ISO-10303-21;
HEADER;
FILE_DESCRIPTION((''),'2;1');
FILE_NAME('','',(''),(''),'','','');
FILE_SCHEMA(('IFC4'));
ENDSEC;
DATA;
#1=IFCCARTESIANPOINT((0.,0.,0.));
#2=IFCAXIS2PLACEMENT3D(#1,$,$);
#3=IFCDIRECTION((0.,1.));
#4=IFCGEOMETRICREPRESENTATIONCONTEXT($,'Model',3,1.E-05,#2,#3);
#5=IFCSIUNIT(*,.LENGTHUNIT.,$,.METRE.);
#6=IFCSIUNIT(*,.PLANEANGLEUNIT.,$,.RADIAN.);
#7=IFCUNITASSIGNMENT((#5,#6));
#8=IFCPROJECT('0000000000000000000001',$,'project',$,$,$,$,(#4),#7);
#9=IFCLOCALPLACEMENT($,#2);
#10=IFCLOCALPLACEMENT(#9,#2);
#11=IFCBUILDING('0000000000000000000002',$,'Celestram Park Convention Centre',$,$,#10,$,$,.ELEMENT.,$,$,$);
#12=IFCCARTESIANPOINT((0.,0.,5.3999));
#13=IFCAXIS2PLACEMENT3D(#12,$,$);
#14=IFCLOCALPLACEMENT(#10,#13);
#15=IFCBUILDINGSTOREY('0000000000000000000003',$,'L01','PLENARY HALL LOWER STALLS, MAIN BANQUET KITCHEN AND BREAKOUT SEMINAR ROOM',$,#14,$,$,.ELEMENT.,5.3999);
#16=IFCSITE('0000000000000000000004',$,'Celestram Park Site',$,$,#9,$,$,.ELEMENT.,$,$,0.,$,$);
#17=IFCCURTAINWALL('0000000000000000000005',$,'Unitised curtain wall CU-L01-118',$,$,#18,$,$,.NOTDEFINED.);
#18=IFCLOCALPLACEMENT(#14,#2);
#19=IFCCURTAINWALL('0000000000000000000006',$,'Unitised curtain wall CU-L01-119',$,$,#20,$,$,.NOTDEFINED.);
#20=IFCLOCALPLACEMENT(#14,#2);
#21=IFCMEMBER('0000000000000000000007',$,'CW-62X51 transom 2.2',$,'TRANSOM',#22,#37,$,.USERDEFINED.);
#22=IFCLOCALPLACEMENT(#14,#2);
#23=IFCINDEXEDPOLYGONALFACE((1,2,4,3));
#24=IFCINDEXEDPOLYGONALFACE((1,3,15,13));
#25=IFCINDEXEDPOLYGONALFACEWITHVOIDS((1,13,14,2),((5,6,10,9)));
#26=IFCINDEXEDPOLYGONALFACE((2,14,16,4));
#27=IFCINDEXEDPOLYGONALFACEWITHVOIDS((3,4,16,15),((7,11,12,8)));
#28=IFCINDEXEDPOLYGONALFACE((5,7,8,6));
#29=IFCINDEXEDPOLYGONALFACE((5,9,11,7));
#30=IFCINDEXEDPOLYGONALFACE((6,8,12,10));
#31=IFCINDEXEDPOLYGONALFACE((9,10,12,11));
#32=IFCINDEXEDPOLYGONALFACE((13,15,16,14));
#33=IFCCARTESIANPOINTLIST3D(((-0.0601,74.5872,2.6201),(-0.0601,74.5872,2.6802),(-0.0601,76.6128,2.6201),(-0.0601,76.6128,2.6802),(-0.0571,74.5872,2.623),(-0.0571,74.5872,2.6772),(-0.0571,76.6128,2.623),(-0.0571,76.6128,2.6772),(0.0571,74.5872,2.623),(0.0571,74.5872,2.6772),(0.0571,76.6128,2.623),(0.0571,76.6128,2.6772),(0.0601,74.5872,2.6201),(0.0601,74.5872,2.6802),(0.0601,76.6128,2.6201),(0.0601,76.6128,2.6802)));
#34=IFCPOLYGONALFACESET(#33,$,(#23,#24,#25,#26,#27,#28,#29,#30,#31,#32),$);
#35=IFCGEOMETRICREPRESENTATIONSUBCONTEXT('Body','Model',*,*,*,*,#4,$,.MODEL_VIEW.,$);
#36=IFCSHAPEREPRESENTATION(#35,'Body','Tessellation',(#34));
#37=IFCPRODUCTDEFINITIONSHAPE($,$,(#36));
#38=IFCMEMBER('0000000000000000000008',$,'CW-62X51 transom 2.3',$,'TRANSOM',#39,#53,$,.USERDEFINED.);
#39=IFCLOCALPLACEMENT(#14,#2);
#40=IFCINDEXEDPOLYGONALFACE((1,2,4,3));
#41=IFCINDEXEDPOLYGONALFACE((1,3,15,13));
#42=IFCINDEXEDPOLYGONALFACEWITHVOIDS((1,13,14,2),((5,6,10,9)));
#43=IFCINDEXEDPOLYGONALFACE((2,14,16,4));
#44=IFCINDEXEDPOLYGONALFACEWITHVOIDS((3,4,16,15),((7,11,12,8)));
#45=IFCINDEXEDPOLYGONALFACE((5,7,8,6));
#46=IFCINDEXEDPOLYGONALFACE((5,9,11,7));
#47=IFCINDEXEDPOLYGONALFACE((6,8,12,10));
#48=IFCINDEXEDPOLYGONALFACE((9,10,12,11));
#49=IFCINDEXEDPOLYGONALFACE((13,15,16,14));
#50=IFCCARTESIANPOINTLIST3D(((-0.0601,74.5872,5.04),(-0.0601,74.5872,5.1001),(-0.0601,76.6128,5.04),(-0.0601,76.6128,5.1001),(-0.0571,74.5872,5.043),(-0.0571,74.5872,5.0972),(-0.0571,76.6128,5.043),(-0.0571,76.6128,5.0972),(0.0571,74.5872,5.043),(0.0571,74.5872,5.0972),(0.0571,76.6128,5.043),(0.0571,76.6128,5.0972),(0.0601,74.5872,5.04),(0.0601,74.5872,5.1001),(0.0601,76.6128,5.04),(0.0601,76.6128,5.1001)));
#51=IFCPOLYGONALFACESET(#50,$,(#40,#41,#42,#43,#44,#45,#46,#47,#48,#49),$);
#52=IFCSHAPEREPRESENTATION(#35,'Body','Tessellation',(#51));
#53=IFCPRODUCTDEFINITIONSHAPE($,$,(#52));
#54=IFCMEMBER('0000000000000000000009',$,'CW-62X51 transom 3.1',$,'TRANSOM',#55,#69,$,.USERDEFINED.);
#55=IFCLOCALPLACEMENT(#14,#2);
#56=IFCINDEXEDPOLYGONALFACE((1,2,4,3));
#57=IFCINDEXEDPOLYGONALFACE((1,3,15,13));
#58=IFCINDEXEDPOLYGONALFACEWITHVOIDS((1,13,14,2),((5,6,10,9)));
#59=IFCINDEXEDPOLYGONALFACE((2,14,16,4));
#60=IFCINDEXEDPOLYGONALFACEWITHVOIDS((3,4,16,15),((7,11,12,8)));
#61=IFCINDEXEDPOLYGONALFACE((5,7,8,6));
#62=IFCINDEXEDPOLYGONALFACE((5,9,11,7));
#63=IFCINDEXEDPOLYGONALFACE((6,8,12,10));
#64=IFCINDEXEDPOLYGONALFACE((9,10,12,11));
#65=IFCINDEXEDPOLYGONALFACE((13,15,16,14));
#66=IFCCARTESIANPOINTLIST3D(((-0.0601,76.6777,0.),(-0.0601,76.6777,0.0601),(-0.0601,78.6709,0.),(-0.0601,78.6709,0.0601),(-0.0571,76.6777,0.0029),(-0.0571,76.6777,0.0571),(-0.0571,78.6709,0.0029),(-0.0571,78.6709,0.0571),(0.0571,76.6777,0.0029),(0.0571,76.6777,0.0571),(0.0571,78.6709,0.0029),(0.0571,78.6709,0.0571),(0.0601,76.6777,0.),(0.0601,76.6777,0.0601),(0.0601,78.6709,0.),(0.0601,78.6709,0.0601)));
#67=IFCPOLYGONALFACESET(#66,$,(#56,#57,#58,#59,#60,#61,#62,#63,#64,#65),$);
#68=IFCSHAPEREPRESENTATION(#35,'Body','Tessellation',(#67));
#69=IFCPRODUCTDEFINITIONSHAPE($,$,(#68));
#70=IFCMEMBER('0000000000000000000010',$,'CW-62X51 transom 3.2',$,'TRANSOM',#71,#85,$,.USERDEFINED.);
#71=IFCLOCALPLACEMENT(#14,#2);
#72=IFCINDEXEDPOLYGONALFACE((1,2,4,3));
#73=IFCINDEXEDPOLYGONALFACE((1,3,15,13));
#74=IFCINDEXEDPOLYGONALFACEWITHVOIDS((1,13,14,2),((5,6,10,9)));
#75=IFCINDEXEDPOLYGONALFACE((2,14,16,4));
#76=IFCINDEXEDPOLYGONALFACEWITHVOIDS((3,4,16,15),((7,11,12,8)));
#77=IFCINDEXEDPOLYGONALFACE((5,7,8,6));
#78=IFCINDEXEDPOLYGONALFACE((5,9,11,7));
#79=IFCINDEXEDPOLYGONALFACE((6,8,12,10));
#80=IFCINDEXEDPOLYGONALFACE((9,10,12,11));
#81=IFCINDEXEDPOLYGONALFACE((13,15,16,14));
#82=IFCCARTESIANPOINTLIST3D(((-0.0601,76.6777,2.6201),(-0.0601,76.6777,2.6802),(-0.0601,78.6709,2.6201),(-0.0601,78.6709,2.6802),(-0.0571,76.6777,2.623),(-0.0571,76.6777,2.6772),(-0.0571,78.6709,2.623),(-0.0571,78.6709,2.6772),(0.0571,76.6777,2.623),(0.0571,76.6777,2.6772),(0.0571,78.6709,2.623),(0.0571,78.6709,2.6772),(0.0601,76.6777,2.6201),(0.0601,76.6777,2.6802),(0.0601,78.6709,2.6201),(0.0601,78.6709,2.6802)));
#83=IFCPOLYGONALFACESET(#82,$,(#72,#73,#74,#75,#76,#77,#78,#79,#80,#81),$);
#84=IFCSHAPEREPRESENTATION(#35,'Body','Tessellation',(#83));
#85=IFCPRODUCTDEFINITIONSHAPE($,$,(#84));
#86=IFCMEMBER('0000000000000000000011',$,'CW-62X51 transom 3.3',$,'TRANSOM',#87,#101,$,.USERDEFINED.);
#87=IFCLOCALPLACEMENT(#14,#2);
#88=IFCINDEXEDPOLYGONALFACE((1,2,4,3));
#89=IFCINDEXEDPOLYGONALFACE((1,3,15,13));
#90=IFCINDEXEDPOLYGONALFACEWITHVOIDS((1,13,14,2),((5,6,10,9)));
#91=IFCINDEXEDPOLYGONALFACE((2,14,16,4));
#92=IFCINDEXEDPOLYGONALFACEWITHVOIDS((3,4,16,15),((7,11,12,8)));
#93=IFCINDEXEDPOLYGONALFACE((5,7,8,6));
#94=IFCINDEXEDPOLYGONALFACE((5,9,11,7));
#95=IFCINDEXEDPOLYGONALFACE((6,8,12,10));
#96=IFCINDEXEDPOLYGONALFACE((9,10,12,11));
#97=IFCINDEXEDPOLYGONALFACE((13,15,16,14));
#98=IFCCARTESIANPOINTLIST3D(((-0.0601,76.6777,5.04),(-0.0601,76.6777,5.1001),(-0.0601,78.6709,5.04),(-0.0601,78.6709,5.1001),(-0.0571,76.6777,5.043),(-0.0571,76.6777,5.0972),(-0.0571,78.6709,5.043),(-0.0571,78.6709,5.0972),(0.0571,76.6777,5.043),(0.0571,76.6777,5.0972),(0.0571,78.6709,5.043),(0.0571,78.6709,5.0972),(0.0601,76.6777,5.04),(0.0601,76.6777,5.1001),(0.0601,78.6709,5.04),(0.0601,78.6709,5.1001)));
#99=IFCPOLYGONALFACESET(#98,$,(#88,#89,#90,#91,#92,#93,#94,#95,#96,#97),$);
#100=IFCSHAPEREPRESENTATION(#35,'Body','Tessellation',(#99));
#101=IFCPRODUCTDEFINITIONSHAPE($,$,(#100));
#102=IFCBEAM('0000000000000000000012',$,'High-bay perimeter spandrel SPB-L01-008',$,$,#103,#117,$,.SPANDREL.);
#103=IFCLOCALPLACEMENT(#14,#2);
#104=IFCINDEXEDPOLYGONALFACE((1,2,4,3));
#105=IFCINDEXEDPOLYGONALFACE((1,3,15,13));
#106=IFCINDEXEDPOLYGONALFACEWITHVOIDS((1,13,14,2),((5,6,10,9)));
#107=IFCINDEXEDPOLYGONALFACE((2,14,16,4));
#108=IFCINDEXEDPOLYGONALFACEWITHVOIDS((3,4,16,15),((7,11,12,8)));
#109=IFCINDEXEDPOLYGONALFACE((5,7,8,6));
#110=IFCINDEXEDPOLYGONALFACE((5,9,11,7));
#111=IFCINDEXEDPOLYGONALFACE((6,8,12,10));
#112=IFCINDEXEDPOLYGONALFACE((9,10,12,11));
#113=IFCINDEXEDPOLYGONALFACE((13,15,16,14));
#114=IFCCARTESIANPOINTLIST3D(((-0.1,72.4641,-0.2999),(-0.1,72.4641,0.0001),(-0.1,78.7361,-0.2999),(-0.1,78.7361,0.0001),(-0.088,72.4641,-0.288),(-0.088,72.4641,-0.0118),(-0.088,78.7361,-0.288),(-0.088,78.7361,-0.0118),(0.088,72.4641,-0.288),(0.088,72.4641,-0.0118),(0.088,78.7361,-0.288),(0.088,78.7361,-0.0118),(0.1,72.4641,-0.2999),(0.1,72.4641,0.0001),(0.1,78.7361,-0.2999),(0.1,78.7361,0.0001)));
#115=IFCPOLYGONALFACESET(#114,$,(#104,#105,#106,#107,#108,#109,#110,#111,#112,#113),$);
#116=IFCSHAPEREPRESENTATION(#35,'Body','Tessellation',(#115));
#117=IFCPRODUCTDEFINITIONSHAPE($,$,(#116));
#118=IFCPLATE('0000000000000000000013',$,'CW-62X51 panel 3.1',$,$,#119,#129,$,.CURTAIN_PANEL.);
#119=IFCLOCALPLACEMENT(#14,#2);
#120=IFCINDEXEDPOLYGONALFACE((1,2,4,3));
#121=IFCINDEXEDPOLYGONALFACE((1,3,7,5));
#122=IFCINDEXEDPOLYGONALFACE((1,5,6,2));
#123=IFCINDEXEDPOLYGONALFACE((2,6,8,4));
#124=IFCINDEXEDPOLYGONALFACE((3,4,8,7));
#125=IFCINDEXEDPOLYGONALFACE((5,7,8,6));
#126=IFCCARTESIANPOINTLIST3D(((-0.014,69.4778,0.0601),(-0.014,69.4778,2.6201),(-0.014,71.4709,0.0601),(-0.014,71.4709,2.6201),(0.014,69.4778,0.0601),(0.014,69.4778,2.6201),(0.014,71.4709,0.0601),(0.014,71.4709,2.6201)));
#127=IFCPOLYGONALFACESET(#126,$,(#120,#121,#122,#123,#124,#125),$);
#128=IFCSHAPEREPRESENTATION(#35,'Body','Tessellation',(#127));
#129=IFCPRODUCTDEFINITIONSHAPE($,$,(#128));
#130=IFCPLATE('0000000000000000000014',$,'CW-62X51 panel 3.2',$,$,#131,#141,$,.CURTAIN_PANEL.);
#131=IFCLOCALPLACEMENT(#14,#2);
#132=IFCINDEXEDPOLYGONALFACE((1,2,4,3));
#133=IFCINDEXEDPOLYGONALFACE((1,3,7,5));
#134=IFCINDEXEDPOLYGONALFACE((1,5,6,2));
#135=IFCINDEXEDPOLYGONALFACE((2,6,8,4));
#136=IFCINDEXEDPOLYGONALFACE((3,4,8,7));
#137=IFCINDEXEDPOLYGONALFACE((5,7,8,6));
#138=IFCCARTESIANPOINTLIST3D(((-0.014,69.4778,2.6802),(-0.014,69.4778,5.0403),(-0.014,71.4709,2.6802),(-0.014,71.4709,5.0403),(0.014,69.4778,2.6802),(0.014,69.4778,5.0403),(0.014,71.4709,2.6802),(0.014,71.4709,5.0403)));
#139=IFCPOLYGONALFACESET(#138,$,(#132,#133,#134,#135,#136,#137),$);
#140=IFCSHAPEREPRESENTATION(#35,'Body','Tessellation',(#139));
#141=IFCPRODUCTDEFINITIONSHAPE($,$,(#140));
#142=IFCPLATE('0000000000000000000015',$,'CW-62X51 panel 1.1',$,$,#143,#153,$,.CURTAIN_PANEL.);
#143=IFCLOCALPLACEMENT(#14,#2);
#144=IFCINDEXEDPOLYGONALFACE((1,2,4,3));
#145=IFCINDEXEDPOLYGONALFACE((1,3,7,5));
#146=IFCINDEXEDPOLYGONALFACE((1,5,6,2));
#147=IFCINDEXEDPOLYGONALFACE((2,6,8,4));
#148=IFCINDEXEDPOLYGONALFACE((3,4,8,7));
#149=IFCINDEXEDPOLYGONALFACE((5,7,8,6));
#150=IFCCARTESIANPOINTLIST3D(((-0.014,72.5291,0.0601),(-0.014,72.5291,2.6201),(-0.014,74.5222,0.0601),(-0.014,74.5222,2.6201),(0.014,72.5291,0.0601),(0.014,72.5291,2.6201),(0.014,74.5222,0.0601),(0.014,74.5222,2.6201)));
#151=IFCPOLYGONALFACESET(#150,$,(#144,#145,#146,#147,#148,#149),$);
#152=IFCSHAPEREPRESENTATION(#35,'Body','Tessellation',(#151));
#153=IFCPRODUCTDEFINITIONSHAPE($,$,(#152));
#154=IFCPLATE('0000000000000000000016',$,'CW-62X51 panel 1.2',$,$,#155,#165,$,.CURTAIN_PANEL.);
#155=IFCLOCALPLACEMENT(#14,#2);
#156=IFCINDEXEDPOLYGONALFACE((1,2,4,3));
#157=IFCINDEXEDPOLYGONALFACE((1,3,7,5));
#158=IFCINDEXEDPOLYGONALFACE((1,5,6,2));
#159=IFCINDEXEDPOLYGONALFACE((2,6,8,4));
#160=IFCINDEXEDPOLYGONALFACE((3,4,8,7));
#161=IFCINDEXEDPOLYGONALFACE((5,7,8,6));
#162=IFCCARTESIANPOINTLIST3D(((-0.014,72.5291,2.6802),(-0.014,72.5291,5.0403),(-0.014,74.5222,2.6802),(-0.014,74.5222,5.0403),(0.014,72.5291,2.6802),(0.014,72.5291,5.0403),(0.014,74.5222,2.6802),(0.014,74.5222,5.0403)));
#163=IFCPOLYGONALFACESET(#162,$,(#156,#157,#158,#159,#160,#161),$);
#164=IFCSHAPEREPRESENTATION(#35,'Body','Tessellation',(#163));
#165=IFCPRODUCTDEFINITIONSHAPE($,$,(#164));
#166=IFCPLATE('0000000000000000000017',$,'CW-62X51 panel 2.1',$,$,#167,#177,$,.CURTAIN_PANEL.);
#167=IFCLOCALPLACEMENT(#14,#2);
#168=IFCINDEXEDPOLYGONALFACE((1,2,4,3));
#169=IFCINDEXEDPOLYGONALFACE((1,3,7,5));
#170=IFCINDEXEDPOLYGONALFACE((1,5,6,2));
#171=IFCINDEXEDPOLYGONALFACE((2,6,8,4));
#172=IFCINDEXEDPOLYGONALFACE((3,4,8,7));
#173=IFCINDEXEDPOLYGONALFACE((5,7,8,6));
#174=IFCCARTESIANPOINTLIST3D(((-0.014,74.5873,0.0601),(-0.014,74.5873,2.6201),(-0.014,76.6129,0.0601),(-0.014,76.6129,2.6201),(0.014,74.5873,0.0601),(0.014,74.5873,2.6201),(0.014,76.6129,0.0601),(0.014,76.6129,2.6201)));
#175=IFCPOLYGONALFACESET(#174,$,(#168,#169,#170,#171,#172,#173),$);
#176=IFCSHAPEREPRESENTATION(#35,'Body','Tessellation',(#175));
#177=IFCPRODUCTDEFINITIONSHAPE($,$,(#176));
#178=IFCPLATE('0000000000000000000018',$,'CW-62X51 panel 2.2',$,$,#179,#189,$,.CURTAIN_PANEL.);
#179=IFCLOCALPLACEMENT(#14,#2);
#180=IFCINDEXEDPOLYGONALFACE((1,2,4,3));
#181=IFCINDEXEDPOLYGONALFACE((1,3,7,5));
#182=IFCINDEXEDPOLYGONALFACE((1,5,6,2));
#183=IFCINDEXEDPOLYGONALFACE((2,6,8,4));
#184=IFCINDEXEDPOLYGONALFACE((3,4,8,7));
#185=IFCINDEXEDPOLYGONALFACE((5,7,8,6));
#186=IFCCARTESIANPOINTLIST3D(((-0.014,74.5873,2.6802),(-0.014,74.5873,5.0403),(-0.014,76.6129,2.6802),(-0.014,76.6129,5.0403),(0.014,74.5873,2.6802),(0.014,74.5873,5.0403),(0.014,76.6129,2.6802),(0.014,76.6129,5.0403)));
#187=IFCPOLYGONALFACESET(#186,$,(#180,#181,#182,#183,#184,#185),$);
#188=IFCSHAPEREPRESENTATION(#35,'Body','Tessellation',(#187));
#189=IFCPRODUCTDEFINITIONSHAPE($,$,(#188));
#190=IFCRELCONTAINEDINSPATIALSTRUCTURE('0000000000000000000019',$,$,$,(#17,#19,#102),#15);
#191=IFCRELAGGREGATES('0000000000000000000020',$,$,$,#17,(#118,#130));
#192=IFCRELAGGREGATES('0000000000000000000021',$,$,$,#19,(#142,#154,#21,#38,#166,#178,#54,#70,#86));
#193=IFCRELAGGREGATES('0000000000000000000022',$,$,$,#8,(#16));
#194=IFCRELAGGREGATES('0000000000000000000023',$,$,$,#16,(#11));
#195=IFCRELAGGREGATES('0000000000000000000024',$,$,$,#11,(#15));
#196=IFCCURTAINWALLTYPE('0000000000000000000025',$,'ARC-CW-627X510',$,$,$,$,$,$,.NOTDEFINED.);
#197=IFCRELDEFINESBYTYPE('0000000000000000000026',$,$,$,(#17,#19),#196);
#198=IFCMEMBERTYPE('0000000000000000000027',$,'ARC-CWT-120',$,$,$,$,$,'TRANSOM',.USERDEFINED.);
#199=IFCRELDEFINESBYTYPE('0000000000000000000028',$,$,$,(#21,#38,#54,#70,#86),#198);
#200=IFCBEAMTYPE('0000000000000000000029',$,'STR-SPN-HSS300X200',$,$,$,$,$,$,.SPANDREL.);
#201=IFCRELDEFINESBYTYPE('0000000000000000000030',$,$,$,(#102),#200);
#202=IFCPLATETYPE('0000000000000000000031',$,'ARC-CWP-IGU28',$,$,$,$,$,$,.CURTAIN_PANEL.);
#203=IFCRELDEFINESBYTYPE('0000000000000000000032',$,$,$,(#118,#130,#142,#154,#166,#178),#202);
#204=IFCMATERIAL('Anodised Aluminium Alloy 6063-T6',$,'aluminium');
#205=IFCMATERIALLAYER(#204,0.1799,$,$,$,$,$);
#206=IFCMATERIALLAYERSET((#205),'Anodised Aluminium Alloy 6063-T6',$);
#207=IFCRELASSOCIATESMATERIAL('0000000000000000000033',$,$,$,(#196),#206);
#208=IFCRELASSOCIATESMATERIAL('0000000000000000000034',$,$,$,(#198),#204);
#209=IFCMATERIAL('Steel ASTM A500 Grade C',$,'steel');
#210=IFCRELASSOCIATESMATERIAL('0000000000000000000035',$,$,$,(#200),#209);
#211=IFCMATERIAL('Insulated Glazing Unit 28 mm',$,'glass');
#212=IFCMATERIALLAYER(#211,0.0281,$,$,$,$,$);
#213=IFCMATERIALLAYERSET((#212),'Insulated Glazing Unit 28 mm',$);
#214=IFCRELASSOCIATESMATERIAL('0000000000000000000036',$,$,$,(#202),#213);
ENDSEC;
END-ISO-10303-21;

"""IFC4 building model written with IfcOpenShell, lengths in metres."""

from ifc_helpers import new_model, si_unit, direction, frame, origin, origin_2d, place, context, subcontext, project, spatial, rectangle, hollow_rectangle, extrude, material, layer, layer_set, material_profile, profile_set, type_object, element, aggregate, save


model = new_model("IFC4")

# Units and contexts
model_context = context("Model", 3, precision=1e-05, world=origin(), true_north=direction((0.0, 1.0)))
body_context = subcontext(model_context, "Body", "Model", "MODEL_VIEW")
ifc_project = project(units=[si_unit("LENGTHUNIT", "METRE"), si_unit("PLANEANGLEUNIT", "RADIAN")], contexts=[model_context])

# Site, building, storey
site_placement = place(None, origin())
site = spatial("IfcSite", under=ifc_project, at=site_placement, Name="Celestram Park Site", CompositionType="ELEMENT", RefElevation=0.0)
building_placement = place(site_placement, origin())
building = spatial("IfcBuilding", under=site, at=building_placement, Name="Celestram Park Convention Centre", CompositionType="ELEMENT")
storey_placement = place(building_placement, frame((0.0, 0.0, 5.3999)))
storey = spatial("IfcBuildingStorey", under=building, at=storey_placement, Name="L01", Description="PLENARY HALL LOWER STALLS, MAIN BANQUET KITCHEN AND BREAKOUT SEMINAR ROOM", CompositionType="ELEMENT", Elevation=5.3999)

# Curtain wall
ifc_material_1 = material(Name="Anodised Aluminium Alloy 6063-T6", Category="aluminium")
ifc_layer_1 = layer(ifc_material_1, 0.1799)
ifc_layer_set_1 = layer_set([ifc_layer_1], Name="Anodised Aluminium Alloy 6063-T6")
curtain_wall_type = type_object("IfcCurtainWallType", Name="ARC-CW-627X510", PredefinedType="NOTDEFINED", material=ifc_layer_set_1)
curtain_wall_1_placement = place(storey_placement, origin())
curtain_wall_1 = element("IfcCurtainWall", 1, at=curtain_wall_1_placement, inside=storey, type_object=curtain_wall_type, Name="Unitised curtain wall CU-L01-118", PredefinedType="NOTDEFINED")

# Curtain wall
curtain_wall_2_placement = place(storey_placement, origin())
curtain_wall_2 = element("IfcCurtainWall", 2, at=curtain_wall_2_placement, inside=storey, type_object=curtain_wall_type, Name="Unitised curtain wall CU-L01-119", PredefinedType="NOTDEFINED")

# Members
ifc_material_profile_1 = material_profile(ifc_material_1, hollow_rectangle(XDim=0.1201, YDim=0.0601, WallThickness=0.0029, at=origin_2d()), Name="ALU120X60X3")
ifc_profile_set_1 = profile_set([ifc_material_profile_1], Name="Anodised Aluminium Alloy 6063-T6")
member_type_1 = type_object("IfcMemberType", Name="ARC-CWT-120", ElementType="TRANSOM", PredefinedType="USERDEFINED", material=ifc_profile_set_1)
member_1_placement = place(storey_placement, frame((0.0, 74.5872, 2.6501), z_axis=(0.0, 1.0, 0.0), x_axis=(-1.0, 0.0, 0.0)))
member_1 = element("IfcMember", 3, at=member_1_placement, type_object=member_type_1, Name="CW-62X51 transom 2.2", ObjectType="TRANSOM", PredefinedType="USERDEFINED", context=body_context, shape_type="SweptSolid", body=[
    extrude(hollow_rectangle(XDim=0.1201, YDim=0.0601, WallThickness=0.0029, at=origin_2d()), origin(), (0.0, 0.0, 1.0), 2.0256),
])
member_2_placement = place(storey_placement, frame((0.0, 74.5872, 5.0701), z_axis=(0.0, 1.0, 0.0), x_axis=(-1.0, 0.0, 0.0)))
member_2 = element("IfcMember", 4, at=member_2_placement, type_object=member_type_1, Name="CW-62X51 transom 2.3", ObjectType="TRANSOM", PredefinedType="USERDEFINED", context=body_context, shape_type="SweptSolid", body=[
    extrude(hollow_rectangle(XDim=0.1201, YDim=0.0601, WallThickness=0.0029, at=origin_2d()), origin(), (0.0, 0.0, 1.0), 2.0256),
])
member_3_placement = place(storey_placement, frame((0.0, 76.6777, 0.03), z_axis=(0.0, 1.0, 0.0), x_axis=(-1.0, 0.0, 0.0)))
member_3 = element("IfcMember", 5, at=member_3_placement, type_object=member_type_1, Name="CW-62X51 transom 3.1", ObjectType="TRANSOM", PredefinedType="USERDEFINED", context=body_context, shape_type="SweptSolid", body=[
    extrude(hollow_rectangle(XDim=0.1201, YDim=0.0601, WallThickness=0.0029, at=origin_2d()), origin(), (0.0, 0.0, 1.0), 1.9932),
])
member_4_placement = place(storey_placement, frame((0.0, 76.6777, 2.6501), z_axis=(0.0, 1.0, 0.0), x_axis=(-1.0, 0.0, 0.0)))
member_4 = element("IfcMember", 6, at=member_4_placement, type_object=member_type_1, Name="CW-62X51 transom 3.2", ObjectType="TRANSOM", PredefinedType="USERDEFINED", context=body_context, shape_type="SweptSolid", body=[
    extrude(hollow_rectangle(XDim=0.1201, YDim=0.0601, WallThickness=0.0029, at=origin_2d()), origin(), (0.0, 0.0, 1.0), 1.9932),
])
member_5_placement = place(storey_placement, frame((0.0, 76.6777, 5.0701), z_axis=(0.0, 1.0, 0.0), x_axis=(-1.0, 0.0, 0.0)))
member_5 = element("IfcMember", 7, at=member_5_placement, type_object=member_type_1, Name="CW-62X51 transom 3.3", ObjectType="TRANSOM", PredefinedType="USERDEFINED", context=body_context, shape_type="SweptSolid", body=[
    extrude(hollow_rectangle(XDim=0.1201, YDim=0.0601, WallThickness=0.0029, at=origin_2d()), origin(), (0.0, 0.0, 1.0), 1.9932),
])

# Beam
ifc_material_2 = material(Name="Steel ASTM A500 Grade C", Category="steel")
ifc_material_profile_2 = material_profile(ifc_material_2, hollow_rectangle(XDim=0.2, YDim=0.3, WallThickness=0.012, at=origin_2d()), Name="HSS300X200X12")
ifc_profile_set_2 = profile_set([ifc_material_profile_2], Name="Steel ASTM A500 Grade C")
beam_type = type_object("IfcBeamType", Name="STR-SPN-HSS300X200", PredefinedType="SPANDREL", material=ifc_profile_set_2)
beam_placement = place(storey_placement, frame((0.0, 72.4641, -0.1499), z_axis=(0.0, 1.0, 0.0), x_axis=(-1.0, 0.0, 0.0)))
element("IfcBeam", 8, at=beam_placement, inside=storey, type_object=beam_type, Name="High-bay perimeter spandrel SPB-L01-008", PredefinedType="SPANDREL", context=body_context, shape_type="SweptSolid", body=[
    extrude(hollow_rectangle(XDim=0.2, YDim=0.3, WallThickness=0.012, at=origin_2d()), origin(), (0.0, 0.0, 1.0), 6.272),
])

# Plates
ifc_material_3 = material(Name="Insulated Glazing Unit 28 mm", Category="glass")
ifc_layer_2 = layer(ifc_material_3, 0.0281)
ifc_layer_set_2 = layer_set([ifc_layer_2], Name="Insulated Glazing Unit 28 mm")
plate_type = type_object("IfcPlateType", Name="ARC-CWP-IGU28", PredefinedType="CURTAIN_PANEL", material=ifc_layer_set_2)
plate_1_placement = place(storey_placement, frame((0.0, 70.4744, 0.0601), z_axis=(0.0, 0.0, 1.0), x_axis=(0.0, 1.0, 0.0)))
plate_1 = element("IfcPlate", 9, at=plate_1_placement, type_object=plate_type, Name="CW-62X51 panel 3.1", PredefinedType="CURTAIN_PANEL", context=body_context, shape_type="SweptSolid", body=[
    extrude(rectangle(XDim=1.9932, YDim=0.0281, at=origin_2d()), origin(), (0.0, 0.0, 1.0), 2.5601),
])
plate_2_placement = place(storey_placement, frame((0.0, 70.4744, 2.6802), z_axis=(0.0, 0.0, 1.0), x_axis=(0.0, 1.0, 0.0)))
plate_2 = element("IfcPlate", 10, at=plate_2_placement, type_object=plate_type, Name="CW-62X51 panel 3.2", PredefinedType="CURTAIN_PANEL", context=body_context, shape_type="SweptSolid", body=[
    extrude(rectangle(XDim=1.9932, YDim=0.0281, at=origin_2d()), origin(), (0.0, 0.0, 1.0), 2.3601),
])
aggregate(curtain_wall_1, [plate_1, plate_2])
plate_3_placement = place(storey_placement, frame((0.0, 73.5256, 0.0601), z_axis=(0.0, 0.0, 1.0), x_axis=(0.0, 1.0, 0.0)))
plate_3 = element("IfcPlate", 11, at=plate_3_placement, type_object=plate_type, Name="CW-62X51 panel 1.1", PredefinedType="CURTAIN_PANEL", context=body_context, shape_type="SweptSolid", body=[
    extrude(rectangle(XDim=1.9932, YDim=0.0281, at=origin_2d()), origin(), (0.0, 0.0, 1.0), 2.5601),
])
plate_4_placement = place(storey_placement, frame((0.0, 73.5256, 2.6802), z_axis=(0.0, 0.0, 1.0), x_axis=(0.0, 1.0, 0.0)))
plate_4 = element("IfcPlate", 12, at=plate_4_placement, type_object=plate_type, Name="CW-62X51 panel 1.2", PredefinedType="CURTAIN_PANEL", context=body_context, shape_type="SweptSolid", body=[
    extrude(rectangle(XDim=1.9932, YDim=0.0281, at=origin_2d()), origin(), (0.0, 0.0, 1.0), 2.3601),
])
plate_5_placement = place(storey_placement, frame((0.0, 75.6001, 0.0601), z_axis=(0.0, 0.0, 1.0), x_axis=(0.0, 1.0, 0.0)))
plate_5 = element("IfcPlate", 13, at=plate_5_placement, type_object=plate_type, Name="CW-62X51 panel 2.1", PredefinedType="CURTAIN_PANEL", context=body_context, shape_type="SweptSolid", body=[
    extrude(rectangle(XDim=2.0256, YDim=0.0281, at=origin_2d()), origin(), (0.0, 0.0, 1.0), 2.5601),
])
plate_6_placement = place(storey_placement, frame((0.0, 75.6001, 2.6802), z_axis=(0.0, 0.0, 1.0), x_axis=(0.0, 1.0, 0.0)))
plate_6 = element("IfcPlate", 14, at=plate_6_placement, type_object=plate_type, Name="CW-62X51 panel 2.2", PredefinedType="CURTAIN_PANEL", context=body_context, shape_type="SweptSolid", body=[
    extrude(rectangle(XDim=2.0256, YDim=0.0281, at=origin_2d()), origin(), (0.0, 0.0, 1.0), 2.3601),
])
aggregate(curtain_wall_2, [plate_3, plate_4, member_1, member_2, plate_5, plate_6, member_3, member_4, member_5])

save(model, "model.ifc")
